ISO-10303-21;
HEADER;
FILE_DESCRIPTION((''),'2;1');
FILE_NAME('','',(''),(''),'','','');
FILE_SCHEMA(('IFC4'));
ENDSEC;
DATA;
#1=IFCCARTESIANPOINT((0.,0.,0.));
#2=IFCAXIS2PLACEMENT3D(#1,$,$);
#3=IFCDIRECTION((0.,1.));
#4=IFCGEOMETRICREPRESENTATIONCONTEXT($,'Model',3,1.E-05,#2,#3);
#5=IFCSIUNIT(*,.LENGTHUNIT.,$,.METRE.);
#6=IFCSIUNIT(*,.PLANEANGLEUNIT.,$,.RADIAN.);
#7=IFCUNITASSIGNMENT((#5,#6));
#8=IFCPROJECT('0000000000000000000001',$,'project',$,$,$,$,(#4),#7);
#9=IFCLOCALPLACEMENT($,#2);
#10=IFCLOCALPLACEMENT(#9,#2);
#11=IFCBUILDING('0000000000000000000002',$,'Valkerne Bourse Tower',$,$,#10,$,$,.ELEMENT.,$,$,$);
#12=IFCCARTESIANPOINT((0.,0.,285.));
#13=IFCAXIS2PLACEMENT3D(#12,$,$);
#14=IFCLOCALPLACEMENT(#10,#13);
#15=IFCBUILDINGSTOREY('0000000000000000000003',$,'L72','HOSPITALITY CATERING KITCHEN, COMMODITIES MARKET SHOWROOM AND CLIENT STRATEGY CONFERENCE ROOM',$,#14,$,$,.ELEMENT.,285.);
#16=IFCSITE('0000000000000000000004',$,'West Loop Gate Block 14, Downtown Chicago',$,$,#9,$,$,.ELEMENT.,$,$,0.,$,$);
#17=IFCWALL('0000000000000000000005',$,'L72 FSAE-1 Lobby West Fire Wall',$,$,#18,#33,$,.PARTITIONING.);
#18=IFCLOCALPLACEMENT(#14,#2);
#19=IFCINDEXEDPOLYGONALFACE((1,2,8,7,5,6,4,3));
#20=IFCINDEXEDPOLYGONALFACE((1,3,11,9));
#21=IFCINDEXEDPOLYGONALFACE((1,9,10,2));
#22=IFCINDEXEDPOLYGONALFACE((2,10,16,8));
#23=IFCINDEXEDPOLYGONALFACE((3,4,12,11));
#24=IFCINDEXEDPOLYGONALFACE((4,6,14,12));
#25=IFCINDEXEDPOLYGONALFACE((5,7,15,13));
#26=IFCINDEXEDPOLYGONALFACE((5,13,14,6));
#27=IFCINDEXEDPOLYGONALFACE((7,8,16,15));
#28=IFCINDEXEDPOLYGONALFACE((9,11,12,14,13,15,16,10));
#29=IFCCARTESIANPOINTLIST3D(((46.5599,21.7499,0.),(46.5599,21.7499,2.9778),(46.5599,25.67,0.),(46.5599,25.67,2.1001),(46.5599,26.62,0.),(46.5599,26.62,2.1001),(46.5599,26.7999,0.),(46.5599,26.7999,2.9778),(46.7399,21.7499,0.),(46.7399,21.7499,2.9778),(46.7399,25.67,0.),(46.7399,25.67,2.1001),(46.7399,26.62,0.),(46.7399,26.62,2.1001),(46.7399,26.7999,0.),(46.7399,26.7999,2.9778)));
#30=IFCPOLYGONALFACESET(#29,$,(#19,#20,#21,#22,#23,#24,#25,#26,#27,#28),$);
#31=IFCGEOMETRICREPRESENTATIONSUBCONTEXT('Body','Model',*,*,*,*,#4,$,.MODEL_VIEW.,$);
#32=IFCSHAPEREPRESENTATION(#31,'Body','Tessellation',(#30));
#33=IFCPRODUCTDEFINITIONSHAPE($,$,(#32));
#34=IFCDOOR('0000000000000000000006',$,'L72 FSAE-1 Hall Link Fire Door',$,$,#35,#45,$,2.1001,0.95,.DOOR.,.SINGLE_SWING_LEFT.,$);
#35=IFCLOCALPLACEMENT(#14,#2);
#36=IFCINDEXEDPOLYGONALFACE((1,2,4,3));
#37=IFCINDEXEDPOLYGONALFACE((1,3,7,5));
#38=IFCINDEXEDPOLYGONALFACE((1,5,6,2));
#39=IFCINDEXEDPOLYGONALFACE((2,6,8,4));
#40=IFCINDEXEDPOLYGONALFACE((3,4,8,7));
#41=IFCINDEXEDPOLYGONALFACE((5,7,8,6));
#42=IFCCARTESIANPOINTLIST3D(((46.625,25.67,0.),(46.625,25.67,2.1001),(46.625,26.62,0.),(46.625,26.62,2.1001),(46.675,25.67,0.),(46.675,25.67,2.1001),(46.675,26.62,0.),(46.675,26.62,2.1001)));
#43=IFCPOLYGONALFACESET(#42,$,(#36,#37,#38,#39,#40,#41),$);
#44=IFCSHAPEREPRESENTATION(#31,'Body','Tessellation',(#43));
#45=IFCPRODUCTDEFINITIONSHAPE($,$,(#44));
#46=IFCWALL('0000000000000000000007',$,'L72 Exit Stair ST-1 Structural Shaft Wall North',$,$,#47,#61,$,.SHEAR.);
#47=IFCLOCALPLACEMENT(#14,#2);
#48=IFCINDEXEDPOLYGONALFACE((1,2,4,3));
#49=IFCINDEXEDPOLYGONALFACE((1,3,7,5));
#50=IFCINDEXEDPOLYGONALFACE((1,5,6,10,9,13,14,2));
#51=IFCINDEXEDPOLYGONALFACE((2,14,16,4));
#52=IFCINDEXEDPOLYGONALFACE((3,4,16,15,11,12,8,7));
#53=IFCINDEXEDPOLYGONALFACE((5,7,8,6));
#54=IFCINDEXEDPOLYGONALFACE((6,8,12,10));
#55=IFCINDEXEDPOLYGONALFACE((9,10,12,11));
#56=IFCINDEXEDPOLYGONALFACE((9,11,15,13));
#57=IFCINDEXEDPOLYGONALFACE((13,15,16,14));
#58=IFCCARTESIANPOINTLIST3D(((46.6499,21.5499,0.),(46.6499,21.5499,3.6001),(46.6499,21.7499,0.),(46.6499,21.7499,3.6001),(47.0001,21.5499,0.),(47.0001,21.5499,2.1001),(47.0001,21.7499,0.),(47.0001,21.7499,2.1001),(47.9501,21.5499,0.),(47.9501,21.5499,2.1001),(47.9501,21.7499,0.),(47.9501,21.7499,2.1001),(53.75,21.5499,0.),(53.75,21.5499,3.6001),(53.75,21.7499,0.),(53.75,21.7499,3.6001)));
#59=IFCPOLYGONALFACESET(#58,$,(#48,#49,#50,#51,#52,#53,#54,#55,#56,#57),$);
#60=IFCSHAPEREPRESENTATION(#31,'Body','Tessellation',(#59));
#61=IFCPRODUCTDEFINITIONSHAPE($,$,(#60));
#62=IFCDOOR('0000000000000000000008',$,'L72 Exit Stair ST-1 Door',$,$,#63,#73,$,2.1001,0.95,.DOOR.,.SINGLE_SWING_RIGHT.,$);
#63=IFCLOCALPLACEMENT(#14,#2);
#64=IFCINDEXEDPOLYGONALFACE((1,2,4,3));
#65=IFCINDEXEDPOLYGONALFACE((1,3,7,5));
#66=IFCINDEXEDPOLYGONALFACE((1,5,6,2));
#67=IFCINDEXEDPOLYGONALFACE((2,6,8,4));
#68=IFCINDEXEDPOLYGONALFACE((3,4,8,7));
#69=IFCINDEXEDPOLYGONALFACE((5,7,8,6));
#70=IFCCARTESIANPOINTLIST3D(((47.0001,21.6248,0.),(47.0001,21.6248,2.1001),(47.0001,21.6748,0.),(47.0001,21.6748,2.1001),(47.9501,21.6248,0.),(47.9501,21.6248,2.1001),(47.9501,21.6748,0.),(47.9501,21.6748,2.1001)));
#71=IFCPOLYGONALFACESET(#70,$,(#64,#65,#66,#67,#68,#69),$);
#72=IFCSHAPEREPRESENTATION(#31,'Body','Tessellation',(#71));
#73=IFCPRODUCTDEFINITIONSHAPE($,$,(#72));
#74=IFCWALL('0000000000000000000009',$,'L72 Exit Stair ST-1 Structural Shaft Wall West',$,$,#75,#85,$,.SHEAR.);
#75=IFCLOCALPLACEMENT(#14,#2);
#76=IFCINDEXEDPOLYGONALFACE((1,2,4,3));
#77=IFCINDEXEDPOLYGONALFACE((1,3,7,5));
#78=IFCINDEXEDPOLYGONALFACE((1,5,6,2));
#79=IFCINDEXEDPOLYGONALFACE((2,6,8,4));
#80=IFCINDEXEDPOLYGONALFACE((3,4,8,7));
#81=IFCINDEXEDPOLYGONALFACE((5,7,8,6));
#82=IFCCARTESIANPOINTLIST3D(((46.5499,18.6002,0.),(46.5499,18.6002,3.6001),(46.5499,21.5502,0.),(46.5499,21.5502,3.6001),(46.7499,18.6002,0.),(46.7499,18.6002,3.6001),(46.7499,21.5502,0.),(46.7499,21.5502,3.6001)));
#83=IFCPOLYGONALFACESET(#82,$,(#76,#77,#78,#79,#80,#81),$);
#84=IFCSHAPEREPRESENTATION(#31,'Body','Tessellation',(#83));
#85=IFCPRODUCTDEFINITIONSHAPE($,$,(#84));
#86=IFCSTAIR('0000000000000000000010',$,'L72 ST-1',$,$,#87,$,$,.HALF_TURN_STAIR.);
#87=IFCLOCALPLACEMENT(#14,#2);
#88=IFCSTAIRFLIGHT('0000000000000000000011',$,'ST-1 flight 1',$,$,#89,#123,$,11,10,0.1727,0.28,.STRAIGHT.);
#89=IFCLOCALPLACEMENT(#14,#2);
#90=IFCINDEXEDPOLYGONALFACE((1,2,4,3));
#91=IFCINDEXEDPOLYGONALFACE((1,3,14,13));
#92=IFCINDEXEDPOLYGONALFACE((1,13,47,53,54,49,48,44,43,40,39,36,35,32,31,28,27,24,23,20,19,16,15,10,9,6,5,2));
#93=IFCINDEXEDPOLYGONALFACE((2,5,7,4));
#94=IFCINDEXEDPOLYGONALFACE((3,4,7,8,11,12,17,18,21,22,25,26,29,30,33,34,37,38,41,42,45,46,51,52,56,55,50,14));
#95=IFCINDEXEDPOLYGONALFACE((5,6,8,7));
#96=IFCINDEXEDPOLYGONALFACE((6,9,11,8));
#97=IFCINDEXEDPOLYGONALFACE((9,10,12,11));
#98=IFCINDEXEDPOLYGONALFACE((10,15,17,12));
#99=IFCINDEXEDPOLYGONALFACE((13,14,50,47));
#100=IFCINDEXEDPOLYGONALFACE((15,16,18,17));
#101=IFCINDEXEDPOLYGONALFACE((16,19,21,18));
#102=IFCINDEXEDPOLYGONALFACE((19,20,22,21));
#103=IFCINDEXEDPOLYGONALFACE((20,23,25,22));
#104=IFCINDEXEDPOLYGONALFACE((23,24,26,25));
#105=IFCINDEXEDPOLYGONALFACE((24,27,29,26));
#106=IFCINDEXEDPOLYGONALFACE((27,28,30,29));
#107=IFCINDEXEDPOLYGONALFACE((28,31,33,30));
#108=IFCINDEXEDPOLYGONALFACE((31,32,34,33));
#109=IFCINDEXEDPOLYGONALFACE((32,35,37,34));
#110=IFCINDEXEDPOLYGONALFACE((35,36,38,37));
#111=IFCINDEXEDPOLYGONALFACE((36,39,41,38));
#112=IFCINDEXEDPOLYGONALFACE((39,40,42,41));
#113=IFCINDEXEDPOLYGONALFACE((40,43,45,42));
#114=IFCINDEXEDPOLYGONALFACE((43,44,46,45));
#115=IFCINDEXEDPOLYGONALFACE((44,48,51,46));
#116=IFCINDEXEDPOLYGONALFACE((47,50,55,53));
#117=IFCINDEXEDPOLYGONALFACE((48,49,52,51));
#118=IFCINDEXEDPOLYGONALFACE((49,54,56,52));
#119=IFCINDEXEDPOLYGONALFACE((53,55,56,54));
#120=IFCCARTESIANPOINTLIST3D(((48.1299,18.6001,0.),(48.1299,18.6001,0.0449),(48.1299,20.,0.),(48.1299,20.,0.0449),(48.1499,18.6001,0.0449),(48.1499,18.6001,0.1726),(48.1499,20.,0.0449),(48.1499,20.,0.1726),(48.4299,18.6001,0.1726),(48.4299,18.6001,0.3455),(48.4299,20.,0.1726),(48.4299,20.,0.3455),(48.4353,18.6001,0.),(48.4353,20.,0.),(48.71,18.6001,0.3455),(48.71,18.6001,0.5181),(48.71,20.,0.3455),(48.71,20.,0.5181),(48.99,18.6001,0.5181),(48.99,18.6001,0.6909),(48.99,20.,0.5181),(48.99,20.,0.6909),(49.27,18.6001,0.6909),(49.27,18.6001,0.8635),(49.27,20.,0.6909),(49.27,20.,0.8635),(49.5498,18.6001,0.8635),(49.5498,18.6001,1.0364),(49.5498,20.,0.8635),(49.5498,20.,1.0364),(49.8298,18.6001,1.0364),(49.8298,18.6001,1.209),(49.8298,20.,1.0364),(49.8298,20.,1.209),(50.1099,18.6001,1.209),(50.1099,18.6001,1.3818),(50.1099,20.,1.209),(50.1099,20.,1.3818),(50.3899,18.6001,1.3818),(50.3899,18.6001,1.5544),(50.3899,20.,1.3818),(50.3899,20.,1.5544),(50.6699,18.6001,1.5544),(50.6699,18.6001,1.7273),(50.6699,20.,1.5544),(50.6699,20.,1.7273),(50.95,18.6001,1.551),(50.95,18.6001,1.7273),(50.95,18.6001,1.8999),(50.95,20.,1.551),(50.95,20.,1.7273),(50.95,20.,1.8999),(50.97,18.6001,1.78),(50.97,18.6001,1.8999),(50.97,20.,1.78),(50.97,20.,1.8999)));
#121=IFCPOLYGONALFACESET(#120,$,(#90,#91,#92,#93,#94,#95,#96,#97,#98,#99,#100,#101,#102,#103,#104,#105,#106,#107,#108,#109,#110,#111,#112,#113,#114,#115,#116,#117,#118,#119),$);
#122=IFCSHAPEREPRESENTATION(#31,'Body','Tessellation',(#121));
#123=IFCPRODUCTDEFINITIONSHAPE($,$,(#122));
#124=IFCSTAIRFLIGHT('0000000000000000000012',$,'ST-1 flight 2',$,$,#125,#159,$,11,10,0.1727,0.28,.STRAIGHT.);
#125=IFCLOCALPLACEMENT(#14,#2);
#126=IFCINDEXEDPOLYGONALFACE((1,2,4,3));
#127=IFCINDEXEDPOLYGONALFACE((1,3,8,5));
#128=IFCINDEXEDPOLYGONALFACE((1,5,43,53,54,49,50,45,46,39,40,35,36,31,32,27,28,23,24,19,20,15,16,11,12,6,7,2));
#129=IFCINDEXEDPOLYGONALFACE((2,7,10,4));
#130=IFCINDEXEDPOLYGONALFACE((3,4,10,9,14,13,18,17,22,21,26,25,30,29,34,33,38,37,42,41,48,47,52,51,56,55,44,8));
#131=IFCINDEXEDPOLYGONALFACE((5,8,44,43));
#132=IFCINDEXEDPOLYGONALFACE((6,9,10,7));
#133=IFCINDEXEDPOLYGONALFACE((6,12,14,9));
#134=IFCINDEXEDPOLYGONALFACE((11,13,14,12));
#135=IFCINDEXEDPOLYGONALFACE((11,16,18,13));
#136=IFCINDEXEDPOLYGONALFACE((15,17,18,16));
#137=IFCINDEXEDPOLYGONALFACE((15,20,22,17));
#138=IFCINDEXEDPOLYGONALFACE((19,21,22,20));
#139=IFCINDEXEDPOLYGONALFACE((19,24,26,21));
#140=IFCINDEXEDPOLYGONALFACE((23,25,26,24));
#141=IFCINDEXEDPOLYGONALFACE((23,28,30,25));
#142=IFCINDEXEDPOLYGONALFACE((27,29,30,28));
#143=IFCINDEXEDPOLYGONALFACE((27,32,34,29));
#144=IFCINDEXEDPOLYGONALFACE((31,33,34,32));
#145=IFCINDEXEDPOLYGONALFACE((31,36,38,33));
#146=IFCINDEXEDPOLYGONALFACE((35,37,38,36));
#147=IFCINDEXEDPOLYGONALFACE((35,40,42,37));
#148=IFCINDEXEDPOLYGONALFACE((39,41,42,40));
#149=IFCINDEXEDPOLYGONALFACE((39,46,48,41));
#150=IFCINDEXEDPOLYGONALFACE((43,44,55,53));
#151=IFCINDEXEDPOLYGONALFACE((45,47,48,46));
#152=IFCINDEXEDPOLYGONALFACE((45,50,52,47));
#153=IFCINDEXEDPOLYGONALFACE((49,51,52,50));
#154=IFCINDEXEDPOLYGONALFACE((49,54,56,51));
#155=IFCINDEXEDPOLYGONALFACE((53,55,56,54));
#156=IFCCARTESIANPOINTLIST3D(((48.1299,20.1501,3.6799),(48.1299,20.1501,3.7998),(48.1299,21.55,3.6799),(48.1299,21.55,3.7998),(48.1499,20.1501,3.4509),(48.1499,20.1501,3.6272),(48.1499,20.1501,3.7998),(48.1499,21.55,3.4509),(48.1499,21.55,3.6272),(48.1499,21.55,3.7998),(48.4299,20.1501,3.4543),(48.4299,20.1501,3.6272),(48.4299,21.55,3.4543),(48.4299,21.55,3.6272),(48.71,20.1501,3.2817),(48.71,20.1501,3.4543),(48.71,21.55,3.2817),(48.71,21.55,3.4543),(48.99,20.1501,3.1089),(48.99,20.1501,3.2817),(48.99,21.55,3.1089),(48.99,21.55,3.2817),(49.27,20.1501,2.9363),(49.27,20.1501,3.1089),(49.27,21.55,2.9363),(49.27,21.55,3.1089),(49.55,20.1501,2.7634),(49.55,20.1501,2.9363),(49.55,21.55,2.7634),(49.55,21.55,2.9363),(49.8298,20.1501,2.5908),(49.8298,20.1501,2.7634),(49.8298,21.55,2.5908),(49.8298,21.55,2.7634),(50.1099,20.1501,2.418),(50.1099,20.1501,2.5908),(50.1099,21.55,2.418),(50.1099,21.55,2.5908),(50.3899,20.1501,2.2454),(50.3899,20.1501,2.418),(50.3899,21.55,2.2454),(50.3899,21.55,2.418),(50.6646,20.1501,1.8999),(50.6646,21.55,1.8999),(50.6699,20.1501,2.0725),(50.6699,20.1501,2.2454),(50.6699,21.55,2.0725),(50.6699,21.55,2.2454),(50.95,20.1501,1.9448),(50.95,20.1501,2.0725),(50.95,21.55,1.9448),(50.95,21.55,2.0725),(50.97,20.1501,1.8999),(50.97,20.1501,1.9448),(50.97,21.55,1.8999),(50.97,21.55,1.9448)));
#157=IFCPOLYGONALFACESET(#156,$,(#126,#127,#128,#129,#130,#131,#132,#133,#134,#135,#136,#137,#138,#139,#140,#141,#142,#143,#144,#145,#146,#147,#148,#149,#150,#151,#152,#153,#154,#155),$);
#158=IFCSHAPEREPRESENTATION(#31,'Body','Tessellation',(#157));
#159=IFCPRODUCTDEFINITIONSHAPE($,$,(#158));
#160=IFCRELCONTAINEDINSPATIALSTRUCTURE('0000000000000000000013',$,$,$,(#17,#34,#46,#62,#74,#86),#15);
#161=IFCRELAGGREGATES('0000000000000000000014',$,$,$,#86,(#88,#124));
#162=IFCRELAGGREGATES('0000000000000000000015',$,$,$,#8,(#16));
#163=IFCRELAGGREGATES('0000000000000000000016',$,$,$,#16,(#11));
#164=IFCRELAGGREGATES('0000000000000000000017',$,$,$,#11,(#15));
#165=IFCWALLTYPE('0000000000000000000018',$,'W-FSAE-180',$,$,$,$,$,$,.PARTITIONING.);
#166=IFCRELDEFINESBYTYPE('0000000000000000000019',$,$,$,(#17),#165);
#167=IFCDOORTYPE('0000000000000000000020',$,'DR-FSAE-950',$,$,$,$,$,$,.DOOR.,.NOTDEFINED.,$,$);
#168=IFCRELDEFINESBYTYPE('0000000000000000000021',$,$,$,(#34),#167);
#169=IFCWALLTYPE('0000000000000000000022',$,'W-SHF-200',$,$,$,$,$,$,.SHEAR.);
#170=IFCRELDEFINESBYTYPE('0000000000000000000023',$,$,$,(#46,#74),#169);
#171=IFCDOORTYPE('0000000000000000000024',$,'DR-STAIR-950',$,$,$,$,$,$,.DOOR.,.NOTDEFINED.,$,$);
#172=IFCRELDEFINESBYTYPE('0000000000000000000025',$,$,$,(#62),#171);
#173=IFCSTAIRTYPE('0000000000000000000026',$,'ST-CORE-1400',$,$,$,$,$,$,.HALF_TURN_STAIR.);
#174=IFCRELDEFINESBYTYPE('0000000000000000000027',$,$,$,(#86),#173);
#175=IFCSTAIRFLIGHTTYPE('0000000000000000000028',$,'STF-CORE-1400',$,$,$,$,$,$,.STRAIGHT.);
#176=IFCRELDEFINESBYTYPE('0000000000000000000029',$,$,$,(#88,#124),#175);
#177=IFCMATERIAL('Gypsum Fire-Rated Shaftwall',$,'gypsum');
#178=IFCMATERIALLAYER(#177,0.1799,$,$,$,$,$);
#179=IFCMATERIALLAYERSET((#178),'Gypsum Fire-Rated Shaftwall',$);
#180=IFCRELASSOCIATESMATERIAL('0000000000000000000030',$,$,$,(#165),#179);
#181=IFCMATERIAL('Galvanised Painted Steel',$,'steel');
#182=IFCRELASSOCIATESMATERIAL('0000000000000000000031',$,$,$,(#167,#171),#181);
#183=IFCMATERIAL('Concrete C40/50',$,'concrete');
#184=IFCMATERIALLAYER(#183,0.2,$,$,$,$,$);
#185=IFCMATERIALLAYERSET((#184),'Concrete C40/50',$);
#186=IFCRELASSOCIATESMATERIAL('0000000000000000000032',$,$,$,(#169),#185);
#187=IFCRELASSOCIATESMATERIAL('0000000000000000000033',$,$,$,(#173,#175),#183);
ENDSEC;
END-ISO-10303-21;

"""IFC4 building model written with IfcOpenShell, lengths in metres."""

from ifc_helpers import new_model, si_unit, direction, frame, frame_2d, origin, place, context, subcontext, project, spatial, polyline, rectangle, outline, extrude, material, layer, layer_set, type_object, element, fill, aggregate, save


model = new_model("IFC4")

# Units and contexts
model_context = context("Model", 3, precision=1e-05, world=origin(), true_north=direction((0.0, 1.0)))
body_context = subcontext(model_context, "Body", "Model", "MODEL_VIEW")
ifc_project = project(units=[si_unit("LENGTHUNIT", "METRE"), si_unit("PLANEANGLEUNIT", "RADIAN")], contexts=[model_context])

# Site, building, storey
site_placement = place(None, origin())
site = spatial("IfcSite", under=ifc_project, at=site_placement, Name="West Loop Gate Block 14, Downtown Chicago", CompositionType="ELEMENT", RefElevation=0.0)
building_placement = place(site_placement, origin())
building = spatial("IfcBuilding", under=site, at=building_placement, Name="Valkerne Bourse Tower", CompositionType="ELEMENT")
storey_placement = place(building_placement, frame((0.0, 0.0, 285.0)))
storey = spatial("IfcBuildingStorey", under=building, at=storey_placement, Name="L72", Description="HOSPITALITY CATERING KITCHEN, COMMODITIES MARKET SHOWROOM AND CLIENT STRATEGY CONFERENCE ROOM", CompositionType="ELEMENT", Elevation=285.0)

# Wall, opening, door
ifc_material_1 = material(Name="Galvanised Painted Steel", Category="steel")
ifc_material_2 = material(Name="Gypsum Fire-Rated Shaftwall", Category="gypsum")
ifc_layer_1 = layer(ifc_material_2, 0.1799)
ifc_layer_set_1 = layer_set([ifc_layer_1], Name="Gypsum Fire-Rated Shaftwall")
wall_type_1 = type_object("IfcWallType", Name="W-FSAE-180", PredefinedType="PARTITIONING", material=ifc_layer_set_1)
wall_1_placement = place(storey_placement, frame((46.6499, 21.75, 0.0), z_axis=(0.0, 0.0, 1.0), x_axis=(0.0, 1.0, 0.0)))
wall_1 = element("IfcWall", 1, at=wall_1_placement, inside=storey, type_object=wall_type_1, Name="L72 FSAE-1 Lobby West Fire Wall", PredefinedType="PARTITIONING", context=body_context, shape_type="SweptSolid", body=[
    extrude(rectangle(XDim=5.05, YDim=0.1799, at=frame_2d((2.5249, 0.0))), origin(), (0.0, 0.0, 1.0), 2.9778),
])
opening_1_placement = place(wall_1_placement, frame((3.9199, 0.0, 0.0)))
opening_1 = element("IfcOpeningElement", 2, at=opening_1_placement, cuts=wall_1, PredefinedType="OPENING", context=body_context, shape_type="SweptSolid", body=[
    extrude(rectangle(XDim=0.95, YDim=2.1001, at=frame_2d((0.4751, 1.05))), frame((0.0, 0.0999, 0.0), z_axis=(0.0, -1.0, 0.0), x_axis=(1.0, 0.0, 0.0)), (0.0, 0.0, 1.0), 0.2),
])
door_type_1 = type_object("IfcDoorType", Name="DR-FSAE-950", OperationType="NOTDEFINED", PredefinedType="DOOR", material=ifc_material_1)
door_1_placement = place(opening_1_placement, origin())
door_1 = element("IfcDoor", 3, at=door_1_placement, inside=storey, type_object=door_type_1, Name="L72 FSAE-1 Hall Link Fire Door", OperationType="SINGLE_SWING_LEFT", OverallHeight=2.1001, OverallWidth=0.95, PredefinedType="DOOR", context=body_context, shape_type="SweptSolid", body=[
    extrude(rectangle(XDim=0.95, YDim=2.1001, at=frame_2d((0.4751, 1.05))), frame((0.0, 0.0249, 0.0), z_axis=(0.0, -1.0, 0.0), x_axis=(1.0, 0.0, 0.0)), (0.0, 0.0, 1.0), 0.05),
])
fill(opening_1, door_1)

# Wall, opening, door
ifc_material_3 = material(Name="Concrete C40/50", Category="concrete")
ifc_layer_2 = layer(ifc_material_3, 0.2)
ifc_layer_set_2 = layer_set([ifc_layer_2], Name="Concrete C40/50")
wall_type_2 = type_object("IfcWallType", Name="W-SHF-200", PredefinedType="SHEAR", material=ifc_layer_set_2)
wall_2_placement = place(storey_placement, frame((46.6499, 21.6499, 0.0), z_axis=(0.0, 0.0, 1.0), x_axis=(1.0, 0.0, 0.0)))
wall_2 = element("IfcWall", 4, at=wall_2_placement, inside=storey, type_object=wall_type_2, Name="L72 Exit Stair ST-1 Structural Shaft Wall North", PredefinedType="SHEAR", context=body_context, shape_type="SweptSolid", body=[
    extrude(rectangle(XDim=7.1001, YDim=0.2, at=frame_2d((3.55, 0.0))), origin(), (0.0, 0.0, 1.0), 3.6001),
])
opening_2_placement = place(wall_2_placement, frame((0.3501, 0.0, 0.0)))
opening_2 = element("IfcOpeningElement", 5, at=opening_2_placement, cuts=wall_2, PredefinedType="OPENING", context=body_context, shape_type="SweptSolid", body=[
    extrude(rectangle(XDim=0.95, YDim=2.1001, at=frame_2d((0.4751, 1.05))), frame((0.0, 0.1099, 0.0), z_axis=(0.0, -1.0, 0.0), x_axis=(1.0, 0.0, 0.0)), (0.0, 0.0, 1.0), 0.22),
])
door_type_2 = type_object("IfcDoorType", Name="DR-STAIR-950", OperationType="NOTDEFINED", PredefinedType="DOOR", material=ifc_material_1)
door_2_placement = place(opening_2_placement, origin())
door_2 = element("IfcDoor", 6, at=door_2_placement, inside=storey, type_object=door_type_2, Name="L72 Exit Stair ST-1 Door", OperationType="SINGLE_SWING_RIGHT", OverallHeight=2.1001, OverallWidth=0.95, PredefinedType="DOOR", context=body_context, shape_type="SweptSolid", body=[
    extrude(rectangle(XDim=0.95, YDim=2.1001, at=frame_2d((0.4751, 1.05))), frame((0.0, 0.0249, 0.0), z_axis=(0.0, -1.0, 0.0), x_axis=(1.0, 0.0, 0.0)), (0.0, 0.0, 1.0), 0.05),
])
fill(opening_2, door_2)

# Wall
wall_3_placement = place(storey_placement, frame((46.6499, 18.6001, 0.0), z_axis=(0.0, 0.0, 1.0), x_axis=(0.0, 1.0, 0.0)))
element("IfcWall", 7, at=wall_3_placement, inside=storey, type_object=wall_type_2, Name="L72 Exit Stair ST-1 Structural Shaft Wall West", PredefinedType="SHEAR", context=body_context, shape_type="SweptSolid", body=[
    extrude(rectangle(XDim=2.95, YDim=0.2, at=frame_2d((1.4751, 0.0))), origin(), (0.0, 0.0, 1.0), 3.6001),
])

# Stair, stair flights
stair_type = type_object("IfcStairType", Name="ST-CORE-1400", PredefinedType="HALF_TURN_STAIR", material=ifc_material_3)
stair_placement = place(storey_placement, origin())
stair = element("IfcStair", 8, at=stair_placement, inside=storey, type_object=stair_type, Name="L72 ST-1", PredefinedType="HALF_TURN_STAIR")
stair_flight_type = type_object("IfcStairFlightType", Name="STF-CORE-1400", PredefinedType="STRAIGHT", material=ifc_material_3)
stair_flight_1_placement = place(storey_placement, frame((48.1499, 19.3, 0.0), z_axis=(0.0, 0.0, 1.0), x_axis=(1.0, 0.0, 0.0)))
stair_flight_1 = element("IfcStairFlight", 9, at=stair_flight_1_placement, type_object=stair_flight_type, Name="ST-1 flight 1", NumberOfRisers=11, NumberOfTreads=10, PredefinedType="STRAIGHT", RiserHeight=0.1727, TreadLength=0.28, context=body_context, shape_type="SweptSolid", body=[
    extrude(outline(polyline([(-0.02, 0.0), (-0.02, 0.0449), (0.0, 0.0449), (0.0, 0.1726), (0.28, 0.1726), (0.28, 0.3455), (0.5601, 0.3455), (0.5601, 0.5181), (0.8401, 0.5181), (0.8401, 0.6909), (1.1201, 0.6909), (1.1201, 0.8635), (1.3999, 0.8635), (1.3999, 1.0364), (1.6799, 1.0364), (1.6799, 1.209), (1.96, 1.209), (1.96, 1.3818), (2.24, 1.3818), (2.24, 1.5544), (2.52, 1.5544), (2.52, 1.7273), (2.8, 1.7273), (2.8, 1.8999), (2.8201, 1.8999), (2.8201, 1.78), (2.8, 1.551), (0.2854, 0.0), (-0.02, 0.0)])), frame((0.0, 0.7, 0.0), z_axis=(0.0, -1.0, 0.0), x_axis=(1.0, 0.0, 0.0)), (0.0, 0.0, 1.0), 1.3999),
])
stair_flight_2_placement = place(storey_placement, frame((50.95, 20.8501, 1.8999), z_axis=(0.0, 0.0, 1.0), x_axis=(-1.0, 0.0, 0.0)))
stair_flight_2 = element("IfcStairFlight", 10, at=stair_flight_2_placement, type_object=stair_flight_type, Name="ST-1 flight 2", NumberOfRisers=11, NumberOfTreads=10, PredefinedType="STRAIGHT", RiserHeight=0.1727, TreadLength=0.28, context=body_context, shape_type="SweptSolid", body=[
    extrude(outline(polyline([(-0.02, 0.0), (-0.02, 0.0449), (0.0, 0.0449), (0.0, 0.1726), (0.28, 0.1726), (0.28, 0.3455), (0.5601, 0.3455), (0.5601, 0.5181), (0.8401, 0.5181), (0.8401, 0.6909), (1.1201, 0.6909), (1.1201, 0.8635), (1.3999, 0.8635), (1.3999, 1.0364), (1.6799, 1.0364), (1.6799, 1.209), (1.96, 1.209), (1.96, 1.3818), (2.24, 1.3818), (2.24, 1.5544), (2.52, 1.5544), (2.52, 1.7273), (2.8, 1.7273), (2.8, 1.8999), (2.8201, 1.8999), (2.8201, 1.78), (2.8, 1.551), (0.2854, 0.0), (-0.02, 0.0)])), frame((0.0, 0.7, 0.0), z_axis=(0.0, -1.0, 0.0), x_axis=(1.0, 0.0, 0.0)), (0.0, 0.0, 1.0), 1.3999),
])
aggregate(stair, [stair_flight_1, stair_flight_2])

save(model, "model.ifc")
